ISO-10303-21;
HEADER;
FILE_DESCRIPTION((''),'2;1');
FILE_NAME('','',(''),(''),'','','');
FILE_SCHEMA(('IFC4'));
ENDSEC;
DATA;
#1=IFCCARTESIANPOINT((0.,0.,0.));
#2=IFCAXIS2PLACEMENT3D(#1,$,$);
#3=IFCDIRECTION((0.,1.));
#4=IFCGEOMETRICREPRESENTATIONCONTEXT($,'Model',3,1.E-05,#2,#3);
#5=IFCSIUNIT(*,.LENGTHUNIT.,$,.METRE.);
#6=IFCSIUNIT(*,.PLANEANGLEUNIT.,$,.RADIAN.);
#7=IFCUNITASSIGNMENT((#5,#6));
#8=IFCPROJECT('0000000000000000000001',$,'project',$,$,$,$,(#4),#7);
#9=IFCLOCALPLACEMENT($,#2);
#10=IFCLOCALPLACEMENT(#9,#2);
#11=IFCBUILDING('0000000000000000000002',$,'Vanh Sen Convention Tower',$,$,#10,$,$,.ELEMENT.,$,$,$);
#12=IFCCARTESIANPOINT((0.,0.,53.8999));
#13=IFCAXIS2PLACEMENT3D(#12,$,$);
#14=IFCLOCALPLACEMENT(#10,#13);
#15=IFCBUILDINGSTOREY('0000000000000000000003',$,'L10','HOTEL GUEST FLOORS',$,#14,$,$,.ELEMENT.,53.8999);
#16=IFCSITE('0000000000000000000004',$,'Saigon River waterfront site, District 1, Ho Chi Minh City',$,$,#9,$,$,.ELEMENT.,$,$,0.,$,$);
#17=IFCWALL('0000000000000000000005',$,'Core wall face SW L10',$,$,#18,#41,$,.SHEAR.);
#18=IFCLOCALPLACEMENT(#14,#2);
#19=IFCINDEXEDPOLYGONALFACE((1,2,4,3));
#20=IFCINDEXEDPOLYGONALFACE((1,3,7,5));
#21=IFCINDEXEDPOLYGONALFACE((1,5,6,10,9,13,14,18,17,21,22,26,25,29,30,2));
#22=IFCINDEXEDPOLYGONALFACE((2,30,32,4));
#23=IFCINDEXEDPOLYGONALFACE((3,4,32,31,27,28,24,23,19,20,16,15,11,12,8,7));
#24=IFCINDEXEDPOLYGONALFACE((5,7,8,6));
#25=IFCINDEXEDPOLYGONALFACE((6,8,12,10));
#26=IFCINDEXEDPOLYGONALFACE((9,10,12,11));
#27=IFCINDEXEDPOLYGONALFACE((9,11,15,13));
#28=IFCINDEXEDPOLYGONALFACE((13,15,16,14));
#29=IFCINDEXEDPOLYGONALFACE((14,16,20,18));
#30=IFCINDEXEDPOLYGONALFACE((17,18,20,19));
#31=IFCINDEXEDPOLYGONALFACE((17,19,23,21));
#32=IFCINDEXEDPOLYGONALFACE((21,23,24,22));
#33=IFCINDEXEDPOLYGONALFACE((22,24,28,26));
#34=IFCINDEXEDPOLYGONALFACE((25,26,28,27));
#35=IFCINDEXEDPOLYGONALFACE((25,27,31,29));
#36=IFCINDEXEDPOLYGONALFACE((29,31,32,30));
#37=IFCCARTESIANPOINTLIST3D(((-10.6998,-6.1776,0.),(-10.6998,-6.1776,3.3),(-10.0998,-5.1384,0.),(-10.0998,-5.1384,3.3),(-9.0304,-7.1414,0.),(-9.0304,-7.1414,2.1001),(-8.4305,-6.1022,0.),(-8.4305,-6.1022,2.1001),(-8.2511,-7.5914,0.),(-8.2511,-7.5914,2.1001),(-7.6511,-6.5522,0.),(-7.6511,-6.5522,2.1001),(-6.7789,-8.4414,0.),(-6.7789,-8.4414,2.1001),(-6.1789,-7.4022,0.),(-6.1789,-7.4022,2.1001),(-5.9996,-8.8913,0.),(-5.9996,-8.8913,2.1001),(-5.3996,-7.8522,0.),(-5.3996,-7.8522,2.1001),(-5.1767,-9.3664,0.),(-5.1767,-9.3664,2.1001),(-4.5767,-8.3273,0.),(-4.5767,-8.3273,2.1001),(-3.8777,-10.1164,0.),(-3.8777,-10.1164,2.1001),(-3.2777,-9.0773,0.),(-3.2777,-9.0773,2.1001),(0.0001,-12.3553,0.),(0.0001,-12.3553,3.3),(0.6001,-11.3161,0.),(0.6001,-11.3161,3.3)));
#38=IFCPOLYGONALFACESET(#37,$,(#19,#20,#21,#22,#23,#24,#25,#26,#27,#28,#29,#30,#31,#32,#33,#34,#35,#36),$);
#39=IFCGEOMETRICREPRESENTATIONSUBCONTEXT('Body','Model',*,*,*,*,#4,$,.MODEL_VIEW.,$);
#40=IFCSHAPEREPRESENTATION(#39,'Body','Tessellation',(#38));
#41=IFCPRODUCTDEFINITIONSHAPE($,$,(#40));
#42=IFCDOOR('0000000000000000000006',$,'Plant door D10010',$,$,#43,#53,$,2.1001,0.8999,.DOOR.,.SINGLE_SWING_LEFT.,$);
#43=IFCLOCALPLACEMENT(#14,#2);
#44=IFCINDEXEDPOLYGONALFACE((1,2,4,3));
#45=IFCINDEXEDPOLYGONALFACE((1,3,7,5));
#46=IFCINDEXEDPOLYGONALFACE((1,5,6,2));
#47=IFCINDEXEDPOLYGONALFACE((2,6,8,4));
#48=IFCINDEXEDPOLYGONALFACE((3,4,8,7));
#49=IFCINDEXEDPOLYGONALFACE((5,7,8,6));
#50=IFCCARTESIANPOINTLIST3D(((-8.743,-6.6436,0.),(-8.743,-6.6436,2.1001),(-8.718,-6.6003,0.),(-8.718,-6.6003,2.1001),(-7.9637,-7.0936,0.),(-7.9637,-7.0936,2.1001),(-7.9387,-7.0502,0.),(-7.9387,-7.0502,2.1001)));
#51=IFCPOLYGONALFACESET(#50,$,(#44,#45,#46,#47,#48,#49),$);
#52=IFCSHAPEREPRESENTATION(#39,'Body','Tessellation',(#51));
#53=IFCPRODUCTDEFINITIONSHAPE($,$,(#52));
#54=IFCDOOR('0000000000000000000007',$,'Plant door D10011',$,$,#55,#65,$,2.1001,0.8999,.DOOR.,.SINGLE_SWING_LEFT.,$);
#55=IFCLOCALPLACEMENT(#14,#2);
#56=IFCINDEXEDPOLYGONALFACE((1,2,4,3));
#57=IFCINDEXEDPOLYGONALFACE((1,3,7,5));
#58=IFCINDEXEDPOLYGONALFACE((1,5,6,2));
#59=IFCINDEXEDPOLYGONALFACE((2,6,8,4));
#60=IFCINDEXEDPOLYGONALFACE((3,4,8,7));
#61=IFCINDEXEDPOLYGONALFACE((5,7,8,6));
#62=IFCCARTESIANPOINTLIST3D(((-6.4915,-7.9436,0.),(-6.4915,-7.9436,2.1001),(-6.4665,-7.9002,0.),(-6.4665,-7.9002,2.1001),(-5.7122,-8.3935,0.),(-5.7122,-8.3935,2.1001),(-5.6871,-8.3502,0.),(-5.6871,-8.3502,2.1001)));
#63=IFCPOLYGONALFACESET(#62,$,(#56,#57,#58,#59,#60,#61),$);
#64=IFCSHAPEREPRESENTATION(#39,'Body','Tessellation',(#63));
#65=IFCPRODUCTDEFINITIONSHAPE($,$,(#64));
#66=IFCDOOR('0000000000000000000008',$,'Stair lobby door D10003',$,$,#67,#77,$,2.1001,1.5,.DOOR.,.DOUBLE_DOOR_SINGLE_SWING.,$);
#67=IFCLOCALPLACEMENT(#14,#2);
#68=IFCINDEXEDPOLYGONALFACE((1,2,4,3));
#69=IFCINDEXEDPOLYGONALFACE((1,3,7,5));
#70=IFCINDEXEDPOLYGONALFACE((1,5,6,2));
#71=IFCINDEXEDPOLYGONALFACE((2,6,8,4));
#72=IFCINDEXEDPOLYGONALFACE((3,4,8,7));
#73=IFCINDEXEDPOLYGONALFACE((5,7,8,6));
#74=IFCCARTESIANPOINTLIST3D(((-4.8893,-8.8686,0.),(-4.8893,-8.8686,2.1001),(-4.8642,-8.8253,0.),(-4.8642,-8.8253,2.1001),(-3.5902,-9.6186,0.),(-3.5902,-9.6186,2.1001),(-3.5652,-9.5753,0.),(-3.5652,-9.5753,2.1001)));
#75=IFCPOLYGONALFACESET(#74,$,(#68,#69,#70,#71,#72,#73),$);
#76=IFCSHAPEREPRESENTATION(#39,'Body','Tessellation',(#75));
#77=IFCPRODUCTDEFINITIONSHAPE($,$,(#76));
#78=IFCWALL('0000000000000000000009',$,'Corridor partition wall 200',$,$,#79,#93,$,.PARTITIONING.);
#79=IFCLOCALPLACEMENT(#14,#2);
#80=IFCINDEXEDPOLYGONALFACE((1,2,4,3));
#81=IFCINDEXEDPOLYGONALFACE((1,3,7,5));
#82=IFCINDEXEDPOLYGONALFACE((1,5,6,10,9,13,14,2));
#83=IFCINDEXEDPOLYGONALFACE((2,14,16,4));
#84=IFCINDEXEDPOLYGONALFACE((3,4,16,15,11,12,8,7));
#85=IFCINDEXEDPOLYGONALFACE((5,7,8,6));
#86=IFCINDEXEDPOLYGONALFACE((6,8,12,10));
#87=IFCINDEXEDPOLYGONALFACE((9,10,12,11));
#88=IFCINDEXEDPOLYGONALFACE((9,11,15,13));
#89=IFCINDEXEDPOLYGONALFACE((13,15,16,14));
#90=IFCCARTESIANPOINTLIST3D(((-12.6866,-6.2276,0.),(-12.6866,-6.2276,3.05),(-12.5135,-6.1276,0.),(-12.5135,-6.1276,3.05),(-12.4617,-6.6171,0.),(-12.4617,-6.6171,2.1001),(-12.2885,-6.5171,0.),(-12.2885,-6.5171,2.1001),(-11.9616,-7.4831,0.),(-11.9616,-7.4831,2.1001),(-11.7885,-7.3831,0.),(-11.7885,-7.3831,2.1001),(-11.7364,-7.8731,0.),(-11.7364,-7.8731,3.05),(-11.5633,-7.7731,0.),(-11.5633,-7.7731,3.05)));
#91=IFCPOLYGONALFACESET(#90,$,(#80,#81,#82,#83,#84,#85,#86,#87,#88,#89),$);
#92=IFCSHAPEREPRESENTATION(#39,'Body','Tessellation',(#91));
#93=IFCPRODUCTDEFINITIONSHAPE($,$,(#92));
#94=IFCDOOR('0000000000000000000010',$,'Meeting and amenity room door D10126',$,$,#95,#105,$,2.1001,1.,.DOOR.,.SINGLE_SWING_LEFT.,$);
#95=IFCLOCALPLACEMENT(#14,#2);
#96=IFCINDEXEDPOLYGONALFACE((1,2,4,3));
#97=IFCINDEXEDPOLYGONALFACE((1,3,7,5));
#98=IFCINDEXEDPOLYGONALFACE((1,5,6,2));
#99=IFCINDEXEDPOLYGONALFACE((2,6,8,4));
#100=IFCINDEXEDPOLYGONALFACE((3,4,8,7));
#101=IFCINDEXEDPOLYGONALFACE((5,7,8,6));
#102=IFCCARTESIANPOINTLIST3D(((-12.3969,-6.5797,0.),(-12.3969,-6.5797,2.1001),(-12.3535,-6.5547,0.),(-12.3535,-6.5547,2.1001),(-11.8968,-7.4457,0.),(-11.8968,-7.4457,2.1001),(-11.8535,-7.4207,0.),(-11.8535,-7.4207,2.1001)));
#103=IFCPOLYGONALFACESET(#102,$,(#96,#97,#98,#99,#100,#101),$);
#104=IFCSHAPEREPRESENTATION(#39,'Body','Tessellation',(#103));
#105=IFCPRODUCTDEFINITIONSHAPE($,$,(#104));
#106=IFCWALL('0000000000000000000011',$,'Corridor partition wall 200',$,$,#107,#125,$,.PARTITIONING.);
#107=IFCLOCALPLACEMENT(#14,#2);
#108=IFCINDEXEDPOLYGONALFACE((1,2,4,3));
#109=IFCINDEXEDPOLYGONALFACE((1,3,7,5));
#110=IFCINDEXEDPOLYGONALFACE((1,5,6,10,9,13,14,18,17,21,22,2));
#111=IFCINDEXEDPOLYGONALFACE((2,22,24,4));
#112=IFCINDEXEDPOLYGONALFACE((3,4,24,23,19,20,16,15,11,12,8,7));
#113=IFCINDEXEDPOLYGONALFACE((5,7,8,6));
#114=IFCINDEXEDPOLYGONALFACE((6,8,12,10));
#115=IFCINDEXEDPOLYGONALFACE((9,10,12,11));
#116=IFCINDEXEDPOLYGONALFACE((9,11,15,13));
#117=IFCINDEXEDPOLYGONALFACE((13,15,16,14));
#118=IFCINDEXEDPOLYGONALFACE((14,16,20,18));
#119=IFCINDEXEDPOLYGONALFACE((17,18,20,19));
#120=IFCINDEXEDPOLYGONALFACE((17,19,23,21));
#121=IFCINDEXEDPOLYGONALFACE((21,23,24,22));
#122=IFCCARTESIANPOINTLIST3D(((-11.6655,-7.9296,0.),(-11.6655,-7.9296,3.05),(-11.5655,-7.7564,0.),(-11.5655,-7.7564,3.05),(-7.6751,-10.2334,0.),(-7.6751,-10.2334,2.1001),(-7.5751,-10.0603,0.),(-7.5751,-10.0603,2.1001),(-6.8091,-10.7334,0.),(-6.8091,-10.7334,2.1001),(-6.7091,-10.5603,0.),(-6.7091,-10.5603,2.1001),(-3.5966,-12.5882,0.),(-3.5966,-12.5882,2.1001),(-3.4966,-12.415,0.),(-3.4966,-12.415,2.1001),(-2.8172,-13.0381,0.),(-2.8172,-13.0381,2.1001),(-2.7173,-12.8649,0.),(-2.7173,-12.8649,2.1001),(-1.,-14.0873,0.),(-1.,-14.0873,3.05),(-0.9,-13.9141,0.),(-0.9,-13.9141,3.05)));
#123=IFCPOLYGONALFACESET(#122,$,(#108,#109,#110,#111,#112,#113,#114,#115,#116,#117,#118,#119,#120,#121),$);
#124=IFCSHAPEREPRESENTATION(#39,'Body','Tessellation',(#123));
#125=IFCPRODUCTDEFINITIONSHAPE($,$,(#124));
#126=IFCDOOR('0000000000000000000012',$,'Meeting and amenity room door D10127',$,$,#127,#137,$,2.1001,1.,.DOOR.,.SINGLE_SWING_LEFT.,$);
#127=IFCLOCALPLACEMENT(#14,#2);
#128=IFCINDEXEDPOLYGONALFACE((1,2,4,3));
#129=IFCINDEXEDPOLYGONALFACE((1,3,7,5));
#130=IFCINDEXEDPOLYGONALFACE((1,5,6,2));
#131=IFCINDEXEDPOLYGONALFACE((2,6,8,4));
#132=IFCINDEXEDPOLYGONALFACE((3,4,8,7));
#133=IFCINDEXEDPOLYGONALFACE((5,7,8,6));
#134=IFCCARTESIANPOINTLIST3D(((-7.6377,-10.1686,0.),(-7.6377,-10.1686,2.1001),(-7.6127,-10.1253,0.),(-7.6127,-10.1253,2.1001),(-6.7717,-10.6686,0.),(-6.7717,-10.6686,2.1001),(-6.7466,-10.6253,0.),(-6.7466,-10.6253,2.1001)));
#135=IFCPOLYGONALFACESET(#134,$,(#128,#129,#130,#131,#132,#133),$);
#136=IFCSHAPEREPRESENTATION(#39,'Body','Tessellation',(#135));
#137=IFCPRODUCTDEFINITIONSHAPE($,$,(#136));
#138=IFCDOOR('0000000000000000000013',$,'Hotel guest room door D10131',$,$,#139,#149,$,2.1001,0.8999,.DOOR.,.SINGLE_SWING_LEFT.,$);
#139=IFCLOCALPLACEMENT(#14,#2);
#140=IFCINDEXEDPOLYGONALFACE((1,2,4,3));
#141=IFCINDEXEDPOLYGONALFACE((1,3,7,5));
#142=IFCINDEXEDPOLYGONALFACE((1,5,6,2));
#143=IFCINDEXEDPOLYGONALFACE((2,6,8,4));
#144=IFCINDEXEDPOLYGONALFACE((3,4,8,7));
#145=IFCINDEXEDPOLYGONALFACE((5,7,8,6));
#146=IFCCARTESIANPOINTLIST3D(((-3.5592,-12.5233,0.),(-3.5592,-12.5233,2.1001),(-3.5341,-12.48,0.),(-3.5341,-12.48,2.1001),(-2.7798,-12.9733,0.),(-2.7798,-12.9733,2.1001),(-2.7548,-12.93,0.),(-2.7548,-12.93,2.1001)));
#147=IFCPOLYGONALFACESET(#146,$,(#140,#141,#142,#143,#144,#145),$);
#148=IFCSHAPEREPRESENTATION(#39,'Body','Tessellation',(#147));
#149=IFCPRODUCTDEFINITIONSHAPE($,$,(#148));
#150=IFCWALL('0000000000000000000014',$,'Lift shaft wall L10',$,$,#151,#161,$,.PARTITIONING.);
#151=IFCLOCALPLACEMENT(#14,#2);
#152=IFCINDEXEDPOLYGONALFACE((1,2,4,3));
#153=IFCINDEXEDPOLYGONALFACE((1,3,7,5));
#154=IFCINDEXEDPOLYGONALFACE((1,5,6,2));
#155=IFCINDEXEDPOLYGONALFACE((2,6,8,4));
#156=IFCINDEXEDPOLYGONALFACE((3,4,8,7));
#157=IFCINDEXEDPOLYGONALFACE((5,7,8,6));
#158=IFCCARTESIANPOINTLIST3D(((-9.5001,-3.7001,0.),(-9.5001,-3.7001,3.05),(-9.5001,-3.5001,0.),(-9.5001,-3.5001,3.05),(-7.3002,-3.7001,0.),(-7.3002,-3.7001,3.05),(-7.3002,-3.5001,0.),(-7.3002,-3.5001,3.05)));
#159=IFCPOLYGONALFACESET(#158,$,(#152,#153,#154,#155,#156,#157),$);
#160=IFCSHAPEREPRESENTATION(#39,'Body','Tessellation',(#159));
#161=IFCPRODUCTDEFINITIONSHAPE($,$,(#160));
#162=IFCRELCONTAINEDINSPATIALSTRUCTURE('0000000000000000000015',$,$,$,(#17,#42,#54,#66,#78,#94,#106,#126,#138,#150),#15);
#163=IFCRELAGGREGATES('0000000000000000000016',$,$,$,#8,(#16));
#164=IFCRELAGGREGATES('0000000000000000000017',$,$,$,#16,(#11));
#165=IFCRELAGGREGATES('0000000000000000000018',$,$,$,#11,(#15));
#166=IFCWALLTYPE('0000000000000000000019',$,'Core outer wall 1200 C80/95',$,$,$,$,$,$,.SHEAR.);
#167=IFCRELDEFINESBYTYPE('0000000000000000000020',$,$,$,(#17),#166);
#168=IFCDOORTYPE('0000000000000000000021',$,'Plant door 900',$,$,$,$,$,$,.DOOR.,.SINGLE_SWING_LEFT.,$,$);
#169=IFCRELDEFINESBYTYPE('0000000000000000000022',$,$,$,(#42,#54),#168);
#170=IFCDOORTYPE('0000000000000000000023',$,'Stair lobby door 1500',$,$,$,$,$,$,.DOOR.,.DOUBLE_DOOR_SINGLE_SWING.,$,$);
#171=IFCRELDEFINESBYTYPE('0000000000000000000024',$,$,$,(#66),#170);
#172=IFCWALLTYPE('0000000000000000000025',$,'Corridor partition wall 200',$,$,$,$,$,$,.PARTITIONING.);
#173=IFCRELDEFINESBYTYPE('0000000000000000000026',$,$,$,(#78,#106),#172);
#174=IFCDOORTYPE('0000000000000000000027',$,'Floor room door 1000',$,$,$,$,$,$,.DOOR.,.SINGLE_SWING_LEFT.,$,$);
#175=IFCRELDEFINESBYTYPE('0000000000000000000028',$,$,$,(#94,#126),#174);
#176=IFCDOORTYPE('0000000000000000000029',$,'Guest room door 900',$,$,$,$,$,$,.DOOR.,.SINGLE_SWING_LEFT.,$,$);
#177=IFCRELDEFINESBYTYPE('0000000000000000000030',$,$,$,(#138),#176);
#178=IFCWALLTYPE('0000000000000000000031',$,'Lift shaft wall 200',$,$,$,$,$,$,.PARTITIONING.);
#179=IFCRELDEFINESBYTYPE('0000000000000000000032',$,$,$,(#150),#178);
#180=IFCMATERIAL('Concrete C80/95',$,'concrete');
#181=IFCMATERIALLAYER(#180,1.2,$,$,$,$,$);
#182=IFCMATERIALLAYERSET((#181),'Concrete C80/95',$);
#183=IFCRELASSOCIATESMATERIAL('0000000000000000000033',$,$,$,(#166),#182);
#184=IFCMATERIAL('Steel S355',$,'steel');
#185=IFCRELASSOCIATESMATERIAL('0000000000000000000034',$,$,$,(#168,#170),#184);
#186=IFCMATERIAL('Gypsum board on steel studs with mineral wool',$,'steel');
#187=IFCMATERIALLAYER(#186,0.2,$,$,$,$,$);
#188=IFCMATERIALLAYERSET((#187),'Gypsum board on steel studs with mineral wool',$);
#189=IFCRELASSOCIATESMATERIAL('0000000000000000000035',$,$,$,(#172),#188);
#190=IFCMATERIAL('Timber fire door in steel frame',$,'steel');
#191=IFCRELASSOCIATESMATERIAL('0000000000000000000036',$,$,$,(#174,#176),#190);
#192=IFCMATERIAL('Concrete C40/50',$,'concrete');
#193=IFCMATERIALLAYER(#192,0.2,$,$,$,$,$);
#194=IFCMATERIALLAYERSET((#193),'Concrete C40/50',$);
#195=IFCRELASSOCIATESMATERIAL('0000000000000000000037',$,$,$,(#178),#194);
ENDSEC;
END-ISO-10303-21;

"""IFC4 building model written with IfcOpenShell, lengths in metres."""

from ifc_helpers import new_model, si_unit, direction, frame, frame_2d, origin, place, context, subcontext, project, spatial, rectangle, extrude, material, layer, layer_set, type_object, element, fill, save


model = new_model("IFC4")

# Units and contexts
model_context = context("Model", 3, precision=1e-05, world=origin(), true_north=direction((0.0, 1.0)))
body_context = subcontext(model_context, "Body", "Model", "MODEL_VIEW")
ifc_project = project(units=[si_unit("LENGTHUNIT", "METRE"), si_unit("PLANEANGLEUNIT", "RADIAN")], contexts=[model_context])

# Site, building, storey
site_placement = place(None, origin())
site = spatial("IfcSite", under=ifc_project, at=site_placement, Name="Saigon River waterfront site, District 1, Ho Chi Minh City", CompositionType="ELEMENT", RefElevation=0.0)
building_placement = place(site_placement, origin())
building = spatial("IfcBuilding", under=site, at=building_placement, Name="Vanh Sen Convention Tower", CompositionType="ELEMENT")
storey_placement = place(building_placement, frame((0.0, 0.0, 53.8999)))
storey = spatial("IfcBuildingStorey", under=building, at=storey_placement, Name="L10", Description="HOTEL GUEST FLOORS", CompositionType="ELEMENT", Elevation=53.8999)

# Wall, openings, doors
ifc_material_1 = material(Name="Concrete C80/95", Category="concrete")
ifc_layer_1 = layer(ifc_material_1, 1.2)
ifc_layer_set_1 = layer_set([ifc_layer_1], Name="Concrete C80/95")
wall_type_1 = type_object("IfcWallType", Name="Core outer wall 1200 C80/95", PredefinedType="SHEAR", material=ifc_layer_set_1)
wall_1_placement = place(storey_placement, frame((-10.3999, -5.658, 0.0), z_axis=(0.0, 0.0, 1.0), x_axis=(0.866021, -0.500007, 0.0)))
wall_1 = element("IfcWall", 1, at=wall_1_placement, inside=storey, type_object=wall_type_1, Name="Core wall face SW L10", PredefinedType="SHEAR", context=body_context, shape_type="SweptSolid", body=[
    extrude(rectangle(XDim=12.3552, YDim=1.2, at=frame_2d((6.1777, 0.0))), origin(), (0.0, 0.0, 1.0), 3.3),
])
opening_1_placement = place(wall_1_placement, frame((6.3777, 0.0, 0.0)))
opening_1 = element("IfcOpeningElement", 2, at=opening_1_placement, cuts=wall_1, PredefinedType="OPENING", context=body_context, shape_type="SweptSolid", body=[
    extrude(rectangle(XDim=1.5, YDim=2.1001, at=frame_2d((0.75, 1.05))), frame((0.0, 0.6099, 0.0), z_axis=(0.0, -1.0, 0.0), x_axis=(1.0, 0.0, 0.0)), (0.0, 0.0, 1.0), 1.22),
])
opening_2_placement = place(wall_1_placement, frame((1.9277, 0.0, 0.0)))
opening_2 = element("IfcOpeningElement", 3, at=opening_2_placement, cuts=wall_1, PredefinedType="OPENING", context=body_context, shape_type="SweptSolid", body=[
    extrude(rectangle(XDim=0.8999, YDim=2.1001, at=frame_2d((0.45, 1.05))), frame((0.0, 0.6099, 0.0), z_axis=(0.0, -1.0, 0.0), x_axis=(1.0, 0.0, 0.0)), (0.0, 0.0, 1.0), 1.22),
])
opening_3_placement = place(wall_1_placement, frame((4.5276, 0.0, 0.0)))
opening_3 = element("IfcOpeningElement", 4, at=opening_3_placement, cuts=wall_1, PredefinedType="OPENING", context=body_context, shape_type="SweptSolid", body=[
    extrude(rectangle(XDim=0.8999, YDim=2.1001, at=frame_2d((0.45, 1.05))), frame((0.0, 0.6099, 0.0), z_axis=(0.0, -1.0, 0.0), x_axis=(1.0, 0.0, 0.0)), (0.0, 0.0, 1.0), 1.22),
])
ifc_material_2 = material(Name="Steel S355", Category="steel")
door_type_1 = type_object("IfcDoorType", Name="Plant door 900", OperationType="SINGLE_SWING_LEFT", PredefinedType="DOOR", material=ifc_material_2)
door_1_placement = place(opening_2_placement, origin())
door_1 = element("IfcDoor", 5, at=door_1_placement, inside=storey, type_object=door_type_1, Name="Plant door D10010", OperationType="SINGLE_SWING_LEFT", OverallHeight=2.1001, OverallWidth=0.8999, PredefinedType="DOOR", context=body_context, shape_type="SweptSolid", body=[
    extrude(rectangle(XDim=0.8999, YDim=2.1001, at=frame_2d((0.45, 1.05))), frame((0.0, 0.0249, 0.0), z_axis=(0.0, -1.0, 0.0), x_axis=(1.0, 0.0, 0.0)), (0.0, 0.0, 1.0), 0.05),
])
fill(opening_2, door_1)
door_2_placement = place(opening_3_placement, origin())
door_2 = element("IfcDoor", 6, at=door_2_placement, inside=storey, type_object=door_type_1, Name="Plant door D10011", OperationType="SINGLE_SWING_LEFT", OverallHeight=2.1001, OverallWidth=0.8999, PredefinedType="DOOR", context=body_context, shape_type="SweptSolid", body=[
    extrude(rectangle(XDim=0.8999, YDim=2.1001, at=frame_2d((0.45, 1.05))), frame((0.0, 0.0249, 0.0), z_axis=(0.0, -1.0, 0.0), x_axis=(1.0, 0.0, 0.0)), (0.0, 0.0, 1.0), 0.05),
])
fill(opening_3, door_2)
door_type_2 = type_object("IfcDoorType", Name="Stair lobby door 1500", OperationType="DOUBLE_DOOR_SINGLE_SWING", PredefinedType="DOOR", material=ifc_material_2)
door_3_placement = place(opening_1_placement, origin())
door_3 = element("IfcDoor", 7, at=door_3_placement, inside=storey, type_object=door_type_2, Name="Stair lobby door D10003", OperationType="DOUBLE_DOOR_SINGLE_SWING", OverallHeight=2.1001, OverallWidth=1.5, PredefinedType="DOOR", context=body_context, shape_type="SweptSolid", body=[
    extrude(rectangle(XDim=1.5, YDim=2.1001, at=frame_2d((0.75, 1.05))), frame((0.0, 0.0249, 0.0), z_axis=(0.0, -1.0, 0.0), x_axis=(1.0, 0.0, 0.0)), (0.0, 0.0, 1.0), 0.05),
])
fill(opening_1, door_3)

# Wall, opening, door
ifc_material_3 = material(Name="Gypsum board on steel studs with mineral wool", Category="steel")
ifc_layer_2 = layer(ifc_material_3, 0.2)
ifc_layer_set_2 = layer_set([ifc_layer_2], Name="Gypsum board on steel studs with mineral wool")
wall_type_2 = type_object("IfcWallType", Name="Corridor partition wall 200", PredefinedType="PARTITIONING", material=ifc_layer_set_2)
wall_2_placement = place(storey_placement, frame((-12.6001, -6.1775, 0.0), z_axis=(0.0, 0.0, 1.0), x_axis=(0.500064, -0.865989, 0.0)))
wall_2 = element("IfcWall", 8, at=wall_2_placement, inside=storey, type_object=wall_type_2, Name="Corridor partition wall 200", PredefinedType="PARTITIONING", context=body_context, shape_type="SweptSolid", body=[
    extrude(rectangle(XDim=1.9001, YDim=0.2, at=frame_2d((0.9502, 0.0))), origin(), (0.0, 0.0, 1.0), 3.05),
])
opening_4_placement = place(wall_2_placement, frame((0.45, 0.0, 0.0)))
opening_4 = element("IfcOpeningElement", 9, at=opening_4_placement, cuts=wall_2, PredefinedType="OPENING", context=body_context, shape_type="SweptSolid", body=[
    extrude(rectangle(XDim=1.0, YDim=2.1001, at=frame_2d((0.5, 1.05))), frame((0.0, 0.1099, 0.0), z_axis=(0.0, -1.0, 0.0), x_axis=(1.0, 0.0, 0.0)), (0.0, 0.0, 1.0), 0.22),
])
ifc_material_4 = material(Name="Timber fire door in steel frame", Category="steel")
door_type_3 = type_object("IfcDoorType", Name="Floor room door 1000", OperationType="SINGLE_SWING_LEFT", PredefinedType="DOOR", material=ifc_material_4)
door_4_placement = place(opening_4_placement, origin())
door_4 = element("IfcDoor", 10, at=door_4_placement, inside=storey, type_object=door_type_3, Name="Meeting and amenity room door D10126", OperationType="SINGLE_SWING_LEFT", OverallHeight=2.1001, OverallWidth=1.0, PredefinedType="DOOR", context=body_context, shape_type="SweptSolid", body=[
    extrude(rectangle(XDim=1.0, YDim=2.1001, at=frame_2d((0.5, 1.05))), frame((0.0, 0.0249, 0.0), z_axis=(0.0, -1.0, 0.0), x_axis=(1.0, 0.0, 0.0)), (0.0, 0.0, 1.0), 0.05),
])
fill(opening_4, door_4)

# Wall, openings, doors
wall_3_placement = place(storey_placement, frame((-11.6155, -7.843, 0.0), z_axis=(0.0, 0.0, 1.0), x_axis=(0.866026, -0.499998, 0.0)))
wall_3 = element("IfcWall", 11, at=wall_3_placement, inside=storey, type_object=wall_type_2, Name="Corridor partition wall 200", PredefinedType="PARTITIONING", context=body_context, shape_type="SweptSolid", body=[
    extrude(rectangle(XDim=12.3154, YDim=0.2, at=frame_2d((6.1577, 0.0))), origin(), (0.0, 0.0, 1.0), 3.05),
])
opening_5_placement = place(wall_3_placement, frame((4.6077, 0.0, 0.0)))
opening_5 = element("IfcOpeningElement", 12, at=opening_5_placement, cuts=wall_3, PredefinedType="OPENING", context=body_context, shape_type="SweptSolid", body=[
    extrude(rectangle(XDim=1.0, YDim=2.1001, at=frame_2d((0.5, 1.05))), frame((0.0, 0.1099, 0.0), z_axis=(0.0, -1.0, 0.0), x_axis=(1.0, 0.0, 0.0)), (0.0, 0.0, 1.0), 0.22),
])
opening_6_placement = place(wall_3_placement, frame((9.3171, 0.0, 0.0)))
opening_6 = element("IfcOpeningElement", 13, at=opening_6_placement, cuts=wall_3, PredefinedType="OPENING", context=body_context, shape_type="SweptSolid", body=[
    extrude(rectangle(XDim=0.8999, YDim=2.1001, at=frame_2d((0.45, 1.05))), frame((0.0, 0.1099, 0.0), z_axis=(0.0, -1.0, 0.0), x_axis=(1.0, 0.0, 0.0)), (0.0, 0.0, 1.0), 0.22),
])
door_5_placement = place(opening_5_placement, origin())
door_5 = element("IfcDoor", 14, at=door_5_placement, inside=storey, type_object=door_type_3, Name="Meeting and amenity room door D10127", OperationType="SINGLE_SWING_LEFT", OverallHeight=2.1001, OverallWidth=1.0, PredefinedType="DOOR", context=body_context, shape_type="SweptSolid", body=[
    extrude(rectangle(XDim=1.0, YDim=2.1001, at=frame_2d((0.5, 1.05))), frame((0.0, 0.0249, 0.0), z_axis=(0.0, -1.0, 0.0), x_axis=(1.0, 0.0, 0.0)), (0.0, 0.0, 1.0), 0.05),
])
fill(opening_5, door_5)
door_type_4 = type_object("IfcDoorType", Name="Guest room door 900", OperationType="SINGLE_SWING_LEFT", PredefinedType="DOOR", material=ifc_material_4)
door_6_placement = place(opening_6_placement, origin())
door_6 = element("IfcDoor", 15, at=door_6_placement, inside=storey, type_object=door_type_4, Name="Hotel guest room door D10131", OperationType="SINGLE_SWING_LEFT", OverallHeight=2.1001, OverallWidth=0.8999, PredefinedType="DOOR", context=body_context, shape_type="SweptSolid", body=[
    extrude(rectangle(XDim=0.8999, YDim=2.1001, at=frame_2d((0.45, 1.05))), frame((0.0, 0.0249, 0.0), z_axis=(0.0, -1.0, 0.0), x_axis=(1.0, 0.0, 0.0)), (0.0, 0.0, 1.0), 0.05),
])
fill(opening_6, door_6)

# Wall
ifc_material_5 = material(Name="Concrete C40/50", Category="concrete")
ifc_layer_3 = layer(ifc_material_5, 0.2)
ifc_layer_set_3 = layer_set([ifc_layer_3], Name="Concrete C40/50")
wall_type_3 = type_object("IfcWallType", Name="Lift shaft wall 200", PredefinedType="PARTITIONING", material=ifc_layer_set_3)
wall_4_placement = place(storey_placement, frame((-7.3, -3.6001, 0.0), z_axis=(0.0, 0.0, 1.0), x_axis=(-1.0, 0.0, 0.0)))
element("IfcWall", 16, at=wall_4_placement, inside=storey, type_object=wall_type_3, Name="Lift shaft wall L10", PredefinedType="PARTITIONING", context=body_context, shape_type="SweptSolid", body=[
    extrude(rectangle(XDim=2.2, YDim=0.2, at=frame_2d((1.1001, 0.0))), origin(), (0.0, 0.0, 1.0), 3.05),
])

save(model, "model.ifc")
